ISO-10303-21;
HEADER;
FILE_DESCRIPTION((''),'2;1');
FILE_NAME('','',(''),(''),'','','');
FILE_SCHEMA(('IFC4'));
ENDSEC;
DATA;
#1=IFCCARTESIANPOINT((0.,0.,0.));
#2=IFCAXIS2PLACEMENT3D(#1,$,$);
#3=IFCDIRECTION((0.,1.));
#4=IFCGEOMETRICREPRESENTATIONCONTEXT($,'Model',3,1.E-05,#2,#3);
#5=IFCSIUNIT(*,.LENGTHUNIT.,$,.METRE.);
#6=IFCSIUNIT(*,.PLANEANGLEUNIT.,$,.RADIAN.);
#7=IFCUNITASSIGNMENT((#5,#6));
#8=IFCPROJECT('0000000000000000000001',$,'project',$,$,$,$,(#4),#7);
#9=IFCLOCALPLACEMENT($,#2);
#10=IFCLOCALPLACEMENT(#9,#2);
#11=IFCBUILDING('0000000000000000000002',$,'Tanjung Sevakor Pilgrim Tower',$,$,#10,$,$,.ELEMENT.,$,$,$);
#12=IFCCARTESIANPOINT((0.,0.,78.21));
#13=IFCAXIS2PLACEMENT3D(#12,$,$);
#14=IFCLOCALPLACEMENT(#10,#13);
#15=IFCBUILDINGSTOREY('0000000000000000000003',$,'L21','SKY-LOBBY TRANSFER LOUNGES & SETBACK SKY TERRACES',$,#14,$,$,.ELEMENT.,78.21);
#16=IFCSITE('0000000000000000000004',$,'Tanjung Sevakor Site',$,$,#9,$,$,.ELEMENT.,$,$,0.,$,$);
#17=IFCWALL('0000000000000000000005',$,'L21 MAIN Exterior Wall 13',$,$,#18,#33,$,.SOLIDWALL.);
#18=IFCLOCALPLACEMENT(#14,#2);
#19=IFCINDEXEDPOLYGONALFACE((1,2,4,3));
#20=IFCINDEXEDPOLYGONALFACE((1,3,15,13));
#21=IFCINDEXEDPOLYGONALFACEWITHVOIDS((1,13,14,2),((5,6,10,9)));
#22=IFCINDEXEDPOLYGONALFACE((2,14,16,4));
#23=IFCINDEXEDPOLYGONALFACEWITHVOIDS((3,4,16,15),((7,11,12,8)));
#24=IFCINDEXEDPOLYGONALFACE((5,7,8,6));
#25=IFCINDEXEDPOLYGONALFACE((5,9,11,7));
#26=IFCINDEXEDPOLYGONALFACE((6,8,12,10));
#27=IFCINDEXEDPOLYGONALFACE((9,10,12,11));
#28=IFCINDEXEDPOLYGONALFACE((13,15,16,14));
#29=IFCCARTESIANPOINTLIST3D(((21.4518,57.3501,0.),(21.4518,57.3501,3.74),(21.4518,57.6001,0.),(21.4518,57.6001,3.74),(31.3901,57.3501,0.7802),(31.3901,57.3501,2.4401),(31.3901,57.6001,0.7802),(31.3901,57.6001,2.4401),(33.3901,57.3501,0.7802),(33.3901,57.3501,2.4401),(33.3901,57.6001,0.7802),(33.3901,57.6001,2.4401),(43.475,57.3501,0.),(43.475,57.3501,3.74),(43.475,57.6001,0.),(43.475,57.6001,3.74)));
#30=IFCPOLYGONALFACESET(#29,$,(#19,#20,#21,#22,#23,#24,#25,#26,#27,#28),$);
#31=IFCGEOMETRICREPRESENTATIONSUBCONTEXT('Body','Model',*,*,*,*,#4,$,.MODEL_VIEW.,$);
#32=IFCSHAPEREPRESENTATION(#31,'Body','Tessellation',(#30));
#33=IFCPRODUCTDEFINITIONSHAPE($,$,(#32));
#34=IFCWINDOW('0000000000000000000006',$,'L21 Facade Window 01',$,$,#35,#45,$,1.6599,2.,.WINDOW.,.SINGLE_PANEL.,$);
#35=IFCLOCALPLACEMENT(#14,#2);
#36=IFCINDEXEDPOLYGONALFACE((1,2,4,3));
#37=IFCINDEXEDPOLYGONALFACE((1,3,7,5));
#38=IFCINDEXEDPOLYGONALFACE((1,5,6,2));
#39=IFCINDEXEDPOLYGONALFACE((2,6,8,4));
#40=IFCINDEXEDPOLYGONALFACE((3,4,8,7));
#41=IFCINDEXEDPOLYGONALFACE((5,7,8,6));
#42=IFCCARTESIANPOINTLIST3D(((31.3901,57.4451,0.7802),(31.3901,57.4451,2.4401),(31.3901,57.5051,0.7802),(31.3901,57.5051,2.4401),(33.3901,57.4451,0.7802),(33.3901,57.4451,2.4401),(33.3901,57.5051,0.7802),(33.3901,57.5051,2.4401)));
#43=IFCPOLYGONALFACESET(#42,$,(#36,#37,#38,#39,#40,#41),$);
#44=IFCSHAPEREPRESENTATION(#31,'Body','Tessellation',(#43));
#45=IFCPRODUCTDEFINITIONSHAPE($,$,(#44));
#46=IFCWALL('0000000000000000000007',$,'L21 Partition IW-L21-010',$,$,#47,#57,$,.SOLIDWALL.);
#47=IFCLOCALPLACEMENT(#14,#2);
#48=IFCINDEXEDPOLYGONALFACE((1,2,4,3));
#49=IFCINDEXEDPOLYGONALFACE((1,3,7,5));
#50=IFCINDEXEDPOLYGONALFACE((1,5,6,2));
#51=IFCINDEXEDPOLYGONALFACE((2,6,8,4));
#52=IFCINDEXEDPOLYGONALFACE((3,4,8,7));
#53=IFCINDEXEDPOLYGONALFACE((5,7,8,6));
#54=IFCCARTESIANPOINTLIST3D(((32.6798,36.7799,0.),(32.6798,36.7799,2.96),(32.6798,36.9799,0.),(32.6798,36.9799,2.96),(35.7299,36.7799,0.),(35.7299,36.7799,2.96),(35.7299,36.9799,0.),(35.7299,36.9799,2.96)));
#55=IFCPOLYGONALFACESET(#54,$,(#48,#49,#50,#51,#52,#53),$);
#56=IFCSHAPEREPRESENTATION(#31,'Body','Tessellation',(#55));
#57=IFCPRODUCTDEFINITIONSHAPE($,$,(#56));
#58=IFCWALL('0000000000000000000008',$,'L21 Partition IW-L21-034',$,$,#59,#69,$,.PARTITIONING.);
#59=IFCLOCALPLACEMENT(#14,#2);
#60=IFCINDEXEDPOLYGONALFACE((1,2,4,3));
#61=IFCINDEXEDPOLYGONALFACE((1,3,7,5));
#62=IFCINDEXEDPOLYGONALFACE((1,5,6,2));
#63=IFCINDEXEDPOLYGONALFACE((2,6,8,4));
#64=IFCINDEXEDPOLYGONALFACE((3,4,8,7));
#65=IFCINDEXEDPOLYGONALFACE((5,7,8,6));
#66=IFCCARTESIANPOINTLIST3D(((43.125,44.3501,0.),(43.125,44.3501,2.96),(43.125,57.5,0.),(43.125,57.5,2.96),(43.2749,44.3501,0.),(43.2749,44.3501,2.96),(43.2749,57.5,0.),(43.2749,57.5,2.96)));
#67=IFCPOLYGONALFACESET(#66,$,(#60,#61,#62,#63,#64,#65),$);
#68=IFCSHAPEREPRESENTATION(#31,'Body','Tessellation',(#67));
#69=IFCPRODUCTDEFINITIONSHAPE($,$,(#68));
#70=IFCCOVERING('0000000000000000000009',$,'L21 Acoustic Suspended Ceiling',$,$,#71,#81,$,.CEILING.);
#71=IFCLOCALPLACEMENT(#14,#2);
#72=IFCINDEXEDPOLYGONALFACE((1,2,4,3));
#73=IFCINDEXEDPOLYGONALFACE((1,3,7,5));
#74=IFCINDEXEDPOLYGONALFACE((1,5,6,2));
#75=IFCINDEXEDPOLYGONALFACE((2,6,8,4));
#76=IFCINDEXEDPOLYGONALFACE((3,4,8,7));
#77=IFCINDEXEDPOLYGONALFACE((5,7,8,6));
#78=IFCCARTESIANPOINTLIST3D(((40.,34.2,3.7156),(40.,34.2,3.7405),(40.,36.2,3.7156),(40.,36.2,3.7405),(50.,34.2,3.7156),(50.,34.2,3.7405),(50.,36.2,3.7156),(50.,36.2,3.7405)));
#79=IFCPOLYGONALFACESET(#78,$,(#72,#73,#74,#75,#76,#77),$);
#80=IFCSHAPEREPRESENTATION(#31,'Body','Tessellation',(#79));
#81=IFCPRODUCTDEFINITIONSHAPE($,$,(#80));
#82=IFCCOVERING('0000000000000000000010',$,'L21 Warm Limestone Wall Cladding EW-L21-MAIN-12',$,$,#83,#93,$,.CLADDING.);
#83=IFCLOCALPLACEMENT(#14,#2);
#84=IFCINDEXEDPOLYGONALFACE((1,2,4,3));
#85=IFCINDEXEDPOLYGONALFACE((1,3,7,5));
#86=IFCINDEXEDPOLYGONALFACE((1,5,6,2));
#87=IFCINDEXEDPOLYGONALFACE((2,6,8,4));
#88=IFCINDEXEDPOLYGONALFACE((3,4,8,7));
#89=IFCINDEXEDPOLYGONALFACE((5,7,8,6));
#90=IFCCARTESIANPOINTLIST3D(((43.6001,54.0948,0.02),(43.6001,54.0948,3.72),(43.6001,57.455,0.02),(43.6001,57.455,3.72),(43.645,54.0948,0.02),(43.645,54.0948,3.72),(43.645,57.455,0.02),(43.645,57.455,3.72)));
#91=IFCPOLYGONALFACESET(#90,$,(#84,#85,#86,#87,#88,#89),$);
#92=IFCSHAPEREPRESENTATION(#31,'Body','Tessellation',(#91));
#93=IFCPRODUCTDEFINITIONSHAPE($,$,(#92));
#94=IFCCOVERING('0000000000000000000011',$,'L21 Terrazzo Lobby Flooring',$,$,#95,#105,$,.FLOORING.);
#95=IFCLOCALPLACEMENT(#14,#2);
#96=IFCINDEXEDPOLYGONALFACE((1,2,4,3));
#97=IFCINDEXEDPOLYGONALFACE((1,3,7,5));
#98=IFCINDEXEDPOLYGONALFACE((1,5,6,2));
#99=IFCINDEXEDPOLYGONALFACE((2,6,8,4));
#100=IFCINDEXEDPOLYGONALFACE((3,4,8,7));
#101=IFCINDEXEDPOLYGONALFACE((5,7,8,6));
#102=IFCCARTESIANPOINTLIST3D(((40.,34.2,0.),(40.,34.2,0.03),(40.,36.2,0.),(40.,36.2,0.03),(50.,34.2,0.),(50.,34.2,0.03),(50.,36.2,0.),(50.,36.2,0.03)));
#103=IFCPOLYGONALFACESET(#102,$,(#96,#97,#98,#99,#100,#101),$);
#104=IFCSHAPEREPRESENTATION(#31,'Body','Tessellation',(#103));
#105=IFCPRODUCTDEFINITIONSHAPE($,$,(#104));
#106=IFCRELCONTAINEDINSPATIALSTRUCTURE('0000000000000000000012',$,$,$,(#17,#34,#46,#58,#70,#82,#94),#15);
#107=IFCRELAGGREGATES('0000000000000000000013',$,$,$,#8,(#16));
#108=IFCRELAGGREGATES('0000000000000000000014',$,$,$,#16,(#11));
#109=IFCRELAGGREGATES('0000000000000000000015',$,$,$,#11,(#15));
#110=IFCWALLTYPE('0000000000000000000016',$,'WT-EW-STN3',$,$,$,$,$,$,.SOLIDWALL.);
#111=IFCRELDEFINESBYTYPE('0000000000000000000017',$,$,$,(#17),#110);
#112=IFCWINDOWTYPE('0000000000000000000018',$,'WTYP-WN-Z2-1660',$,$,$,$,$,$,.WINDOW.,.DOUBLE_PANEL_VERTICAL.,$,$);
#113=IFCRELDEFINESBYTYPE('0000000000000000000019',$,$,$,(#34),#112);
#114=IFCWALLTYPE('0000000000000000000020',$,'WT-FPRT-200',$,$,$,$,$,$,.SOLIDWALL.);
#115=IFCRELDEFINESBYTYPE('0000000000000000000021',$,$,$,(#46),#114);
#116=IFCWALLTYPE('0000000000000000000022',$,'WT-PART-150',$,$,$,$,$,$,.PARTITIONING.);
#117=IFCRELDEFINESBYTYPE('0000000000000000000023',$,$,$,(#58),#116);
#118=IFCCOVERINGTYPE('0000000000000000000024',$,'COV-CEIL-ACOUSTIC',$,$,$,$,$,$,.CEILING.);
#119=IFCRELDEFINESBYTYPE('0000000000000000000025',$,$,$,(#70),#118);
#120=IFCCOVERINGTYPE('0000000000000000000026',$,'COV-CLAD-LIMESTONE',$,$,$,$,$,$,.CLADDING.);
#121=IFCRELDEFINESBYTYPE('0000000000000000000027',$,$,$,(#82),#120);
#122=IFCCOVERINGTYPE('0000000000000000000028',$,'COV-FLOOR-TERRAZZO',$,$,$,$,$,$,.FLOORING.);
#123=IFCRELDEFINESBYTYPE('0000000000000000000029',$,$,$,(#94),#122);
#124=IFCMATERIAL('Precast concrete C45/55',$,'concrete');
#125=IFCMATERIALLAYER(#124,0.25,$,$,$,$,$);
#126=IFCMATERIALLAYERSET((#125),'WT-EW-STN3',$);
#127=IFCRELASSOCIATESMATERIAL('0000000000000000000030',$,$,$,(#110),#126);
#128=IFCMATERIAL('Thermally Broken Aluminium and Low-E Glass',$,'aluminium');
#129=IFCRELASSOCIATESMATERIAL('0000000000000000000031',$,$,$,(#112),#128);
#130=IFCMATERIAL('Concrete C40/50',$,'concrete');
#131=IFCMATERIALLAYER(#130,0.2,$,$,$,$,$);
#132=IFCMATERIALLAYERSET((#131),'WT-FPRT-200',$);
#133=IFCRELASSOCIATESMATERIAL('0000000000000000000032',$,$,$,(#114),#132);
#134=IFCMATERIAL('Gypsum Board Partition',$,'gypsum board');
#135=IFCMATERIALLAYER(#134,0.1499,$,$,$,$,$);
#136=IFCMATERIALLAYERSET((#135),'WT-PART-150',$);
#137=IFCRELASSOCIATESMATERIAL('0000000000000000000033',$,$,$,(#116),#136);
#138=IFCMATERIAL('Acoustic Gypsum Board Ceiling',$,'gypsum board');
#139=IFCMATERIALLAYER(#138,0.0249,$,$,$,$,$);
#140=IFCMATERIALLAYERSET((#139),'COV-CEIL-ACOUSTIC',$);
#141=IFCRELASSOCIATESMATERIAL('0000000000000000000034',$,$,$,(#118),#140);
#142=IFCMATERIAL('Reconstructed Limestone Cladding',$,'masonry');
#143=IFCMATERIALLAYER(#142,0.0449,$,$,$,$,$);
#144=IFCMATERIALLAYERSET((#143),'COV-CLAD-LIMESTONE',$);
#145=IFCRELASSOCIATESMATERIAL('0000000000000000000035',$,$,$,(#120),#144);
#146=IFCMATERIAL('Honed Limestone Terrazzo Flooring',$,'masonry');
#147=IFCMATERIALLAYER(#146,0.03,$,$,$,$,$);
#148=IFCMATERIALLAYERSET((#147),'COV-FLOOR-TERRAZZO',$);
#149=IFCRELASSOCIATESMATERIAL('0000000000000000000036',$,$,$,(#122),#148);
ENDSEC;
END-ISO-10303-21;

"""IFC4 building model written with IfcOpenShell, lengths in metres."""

from ifc_helpers import new_model, si_unit, direction, frame, frame_2d, origin, origin_2d, place, context, subcontext, project, spatial, rectangle, extrude, material, layer, layer_set, type_object, element, fill, save


model = new_model("IFC4")

# Units and contexts
model_context = context("Model", 3, precision=1e-05, world=origin(), true_north=direction((0.0, 1.0)))
body_context = subcontext(model_context, "Body", "Model", "MODEL_VIEW")
ifc_project = project(units=[si_unit("LENGTHUNIT", "METRE"), si_unit("PLANEANGLEUNIT", "RADIAN")], contexts=[model_context])

# Site, building, storey
site_placement = place(None, origin())
site = spatial("IfcSite", under=ifc_project, at=site_placement, Name="Tanjung Sevakor Site", CompositionType="ELEMENT", RefElevation=0.0)
building_placement = place(site_placement, origin())
building = spatial("IfcBuilding", under=site, at=building_placement, Name="Tanjung Sevakor Pilgrim Tower", CompositionType="ELEMENT")
storey_placement = place(building_placement, frame((0.0, 0.0, 78.21)))
storey = spatial("IfcBuildingStorey", under=building, at=storey_placement, Name="L21", Description="SKY-LOBBY TRANSFER LOUNGES & SETBACK SKY TERRACES", CompositionType="ELEMENT", Elevation=78.21)

# Shared definitions
ifc_material_1 = material(Name="Precast concrete C45/55", Category="concrete")
ifc_layer_1 = layer(ifc_material_1, 0.25)
ifc_layer_set_1 = layer_set([ifc_layer_1], Name="WT-EW-STN3")
wall_type_1 = type_object("IfcWallType", Name="WT-EW-STN3", PredefinedType="SOLIDWALL", material=ifc_layer_set_1)

# Wall, opening, window
wall_1_placement = place(storey_placement, frame((43.4751, 57.4751, 0.0), z_axis=(0.0, 0.0, 1.0), x_axis=(-1.0, 0.0, 0.0)))
wall_1 = element("IfcWall", 1, at=wall_1_placement, inside=storey, type_object=wall_type_1, Name="L21 MAIN Exterior Wall 13", PredefinedType="SOLIDWALL", context=body_context, shape_type="SweptSolid", body=[
    extrude(rectangle(XDim=22.0232, YDim=0.25, at=frame_2d((11.0117, 0.0))), origin(), (0.0, 0.0, 1.0), 3.74),
])
opening_placement = place(wall_1_placement, frame((10.085, 0.0, 0.78)))
opening = element("IfcOpeningElement", 2, at=opening_placement, cuts=wall_1, PredefinedType="OPENING", context=body_context, shape_type="SweptSolid", body=[
    extrude(rectangle(XDim=2.0, YDim=1.6599, at=frame_2d((1.0, 0.8301))), frame((0.0, 0.135, 0.0), z_axis=(0.0, -1.0, 0.0), x_axis=(1.0, 0.0, 0.0)), (0.0, 0.0, 1.0), 0.27),
])
ifc_material_2 = material(Name="Thermally Broken Aluminium and Low-E Glass", Category="aluminium")
window_type = type_object("IfcWindowType", Name="WTYP-WN-Z2-1660", PartitioningType="DOUBLE_PANEL_VERTICAL", PredefinedType="WINDOW", material=ifc_material_2)
window_placement = place(opening_placement, origin())
window = element("IfcWindow", 3, at=window_placement, inside=storey, type_object=window_type, Name="L21 Facade Window 01", OverallHeight=1.6599, OverallWidth=2.0, PartitioningType="SINGLE_PANEL", PredefinedType="WINDOW", context=body_context, shape_type="SweptSolid", body=[
    extrude(rectangle(XDim=2.0, YDim=1.6599, at=frame_2d((1.0, 0.8301))), frame((0.0, 0.03, 0.0), z_axis=(0.0, -1.0, 0.0), x_axis=(1.0, 0.0, 0.0)), (0.0, 0.0, 1.0), 0.0601),
])
fill(opening, window)

# Walls
ifc_material_3 = material(Name="Concrete C40/50", Category="concrete")
ifc_layer_2 = layer(ifc_material_3, 0.2)
ifc_layer_set_2 = layer_set([ifc_layer_2], Name="WT-FPRT-200")
wall_type_2 = type_object("IfcWallType", Name="WT-FPRT-200", PredefinedType="SOLIDWALL", material=ifc_layer_set_2)
wall_2_placement = place(storey_placement, frame((32.6799, 36.8799, 0.0), z_axis=(0.0, 0.0, 1.0), x_axis=(1.0, 0.0, 0.0)))
element("IfcWall", 4, at=wall_2_placement, inside=storey, type_object=wall_type_2, Name="L21 Partition IW-L21-010", PredefinedType="SOLIDWALL", context=body_context, shape_type="SweptSolid", body=[
    extrude(rectangle(XDim=3.05, YDim=0.2, at=frame_2d((1.5249, 0.0))), origin(), (0.0, 0.0, 1.0), 2.96),
])
ifc_material_4 = material(Name="Gypsum Board Partition", Category="gypsum board")
ifc_layer_3 = layer(ifc_material_4, 0.1499)
ifc_layer_set_3 = layer_set([ifc_layer_3], Name="WT-PART-150")
wall_type_3 = type_object("IfcWallType", Name="WT-PART-150", PredefinedType="PARTITIONING", material=ifc_layer_set_3)
wall_3_placement = place(storey_placement, frame((43.2, 44.3501, 0.0), z_axis=(0.0, 0.0, 1.0), x_axis=(0.0, 1.0, 0.0)))
element("IfcWall", 5, at=wall_3_placement, inside=storey, type_object=wall_type_3, Name="L21 Partition IW-L21-034", PredefinedType="PARTITIONING", context=body_context, shape_type="SweptSolid", body=[
    extrude(rectangle(XDim=13.1499, YDim=0.1499, at=frame_2d((6.575, 0.0))), origin(), (0.0, 0.0, 1.0), 2.96),
])

# Coverings
ifc_material_5 = material(Name="Acoustic Gypsum Board Ceiling", Category="gypsum board")
ifc_layer_4 = layer(ifc_material_5, 0.0249)
ifc_layer_set_4 = layer_set([ifc_layer_4], Name="COV-CEIL-ACOUSTIC")
covering_type_1 = type_object("IfcCoveringType", Name="COV-CEIL-ACOUSTIC", PredefinedType="CEILING", material=ifc_layer_set_4)
covering_1_placement = place(storey_placement, frame((45.0, 35.2, 3.7156), z_axis=(0.0, 0.0, 1.0), x_axis=(1.0, 0.0, 0.0)))
element("IfcCovering", 6, at=covering_1_placement, inside=storey, type_object=covering_type_1, Name="L21 Acoustic Suspended Ceiling", PredefinedType="CEILING", context=body_context, shape_type="SweptSolid", body=[
    extrude(rectangle(XDim=10.0, YDim=2.0, at=origin_2d()), origin(), (0.0, 0.0, 1.0), 0.0249),
])
ifc_material_6 = material(Name="Reconstructed Limestone Cladding", Category="masonry")
ifc_layer_5 = layer(ifc_material_6, 0.0449)
ifc_layer_set_5 = layer_set([ifc_layer_5], Name="COV-CLAD-LIMESTONE")
covering_type_2 = type_object("IfcCoveringType", Name="COV-CLAD-LIMESTONE", PredefinedType="CLADDING", material=ifc_layer_set_5)
covering_2_placement = place(storey_placement, frame((43.6226, 55.7749, 0.02), z_axis=(0.0, 0.0, 1.0), x_axis=(0.0, 1.0, 0.0)))
element("IfcCovering", 7, at=covering_2_placement, inside=storey, type_object=covering_type_2, Name="L21 Warm Limestone Wall Cladding EW-L21-MAIN-12", PredefinedType="CLADDING", context=body_context, shape_type="SweptSolid", body=[
    extrude(rectangle(XDim=3.3601, YDim=0.0449, at=origin_2d()), origin(), (0.0, 0.0, 1.0), 3.7),
])
ifc_material_7 = material(Name="Honed Limestone Terrazzo Flooring", Category="masonry")
ifc_layer_6 = layer(ifc_material_7, 0.03)
ifc_layer_set_6 = layer_set([ifc_layer_6], Name="COV-FLOOR-TERRAZZO")
covering_type_3 = type_object("IfcCoveringType", Name="COV-FLOOR-TERRAZZO", PredefinedType="FLOORING", material=ifc_layer_set_6)
covering_3_placement = place(storey_placement, frame((45.0, 35.2, 0.0), z_axis=(0.0, 0.0, 1.0), x_axis=(1.0, 0.0, 0.0)))
element("IfcCovering", 8, at=covering_3_placement, inside=storey, type_object=covering_type_3, Name="L21 Terrazzo Lobby Flooring", PredefinedType="FLOORING", context=body_context, shape_type="SweptSolid", body=[
    extrude(rectangle(XDim=10.0, YDim=2.0, at=origin_2d()), origin(), (0.0, 0.0, 1.0), 0.03),
])

save(model, "model.ifc")
